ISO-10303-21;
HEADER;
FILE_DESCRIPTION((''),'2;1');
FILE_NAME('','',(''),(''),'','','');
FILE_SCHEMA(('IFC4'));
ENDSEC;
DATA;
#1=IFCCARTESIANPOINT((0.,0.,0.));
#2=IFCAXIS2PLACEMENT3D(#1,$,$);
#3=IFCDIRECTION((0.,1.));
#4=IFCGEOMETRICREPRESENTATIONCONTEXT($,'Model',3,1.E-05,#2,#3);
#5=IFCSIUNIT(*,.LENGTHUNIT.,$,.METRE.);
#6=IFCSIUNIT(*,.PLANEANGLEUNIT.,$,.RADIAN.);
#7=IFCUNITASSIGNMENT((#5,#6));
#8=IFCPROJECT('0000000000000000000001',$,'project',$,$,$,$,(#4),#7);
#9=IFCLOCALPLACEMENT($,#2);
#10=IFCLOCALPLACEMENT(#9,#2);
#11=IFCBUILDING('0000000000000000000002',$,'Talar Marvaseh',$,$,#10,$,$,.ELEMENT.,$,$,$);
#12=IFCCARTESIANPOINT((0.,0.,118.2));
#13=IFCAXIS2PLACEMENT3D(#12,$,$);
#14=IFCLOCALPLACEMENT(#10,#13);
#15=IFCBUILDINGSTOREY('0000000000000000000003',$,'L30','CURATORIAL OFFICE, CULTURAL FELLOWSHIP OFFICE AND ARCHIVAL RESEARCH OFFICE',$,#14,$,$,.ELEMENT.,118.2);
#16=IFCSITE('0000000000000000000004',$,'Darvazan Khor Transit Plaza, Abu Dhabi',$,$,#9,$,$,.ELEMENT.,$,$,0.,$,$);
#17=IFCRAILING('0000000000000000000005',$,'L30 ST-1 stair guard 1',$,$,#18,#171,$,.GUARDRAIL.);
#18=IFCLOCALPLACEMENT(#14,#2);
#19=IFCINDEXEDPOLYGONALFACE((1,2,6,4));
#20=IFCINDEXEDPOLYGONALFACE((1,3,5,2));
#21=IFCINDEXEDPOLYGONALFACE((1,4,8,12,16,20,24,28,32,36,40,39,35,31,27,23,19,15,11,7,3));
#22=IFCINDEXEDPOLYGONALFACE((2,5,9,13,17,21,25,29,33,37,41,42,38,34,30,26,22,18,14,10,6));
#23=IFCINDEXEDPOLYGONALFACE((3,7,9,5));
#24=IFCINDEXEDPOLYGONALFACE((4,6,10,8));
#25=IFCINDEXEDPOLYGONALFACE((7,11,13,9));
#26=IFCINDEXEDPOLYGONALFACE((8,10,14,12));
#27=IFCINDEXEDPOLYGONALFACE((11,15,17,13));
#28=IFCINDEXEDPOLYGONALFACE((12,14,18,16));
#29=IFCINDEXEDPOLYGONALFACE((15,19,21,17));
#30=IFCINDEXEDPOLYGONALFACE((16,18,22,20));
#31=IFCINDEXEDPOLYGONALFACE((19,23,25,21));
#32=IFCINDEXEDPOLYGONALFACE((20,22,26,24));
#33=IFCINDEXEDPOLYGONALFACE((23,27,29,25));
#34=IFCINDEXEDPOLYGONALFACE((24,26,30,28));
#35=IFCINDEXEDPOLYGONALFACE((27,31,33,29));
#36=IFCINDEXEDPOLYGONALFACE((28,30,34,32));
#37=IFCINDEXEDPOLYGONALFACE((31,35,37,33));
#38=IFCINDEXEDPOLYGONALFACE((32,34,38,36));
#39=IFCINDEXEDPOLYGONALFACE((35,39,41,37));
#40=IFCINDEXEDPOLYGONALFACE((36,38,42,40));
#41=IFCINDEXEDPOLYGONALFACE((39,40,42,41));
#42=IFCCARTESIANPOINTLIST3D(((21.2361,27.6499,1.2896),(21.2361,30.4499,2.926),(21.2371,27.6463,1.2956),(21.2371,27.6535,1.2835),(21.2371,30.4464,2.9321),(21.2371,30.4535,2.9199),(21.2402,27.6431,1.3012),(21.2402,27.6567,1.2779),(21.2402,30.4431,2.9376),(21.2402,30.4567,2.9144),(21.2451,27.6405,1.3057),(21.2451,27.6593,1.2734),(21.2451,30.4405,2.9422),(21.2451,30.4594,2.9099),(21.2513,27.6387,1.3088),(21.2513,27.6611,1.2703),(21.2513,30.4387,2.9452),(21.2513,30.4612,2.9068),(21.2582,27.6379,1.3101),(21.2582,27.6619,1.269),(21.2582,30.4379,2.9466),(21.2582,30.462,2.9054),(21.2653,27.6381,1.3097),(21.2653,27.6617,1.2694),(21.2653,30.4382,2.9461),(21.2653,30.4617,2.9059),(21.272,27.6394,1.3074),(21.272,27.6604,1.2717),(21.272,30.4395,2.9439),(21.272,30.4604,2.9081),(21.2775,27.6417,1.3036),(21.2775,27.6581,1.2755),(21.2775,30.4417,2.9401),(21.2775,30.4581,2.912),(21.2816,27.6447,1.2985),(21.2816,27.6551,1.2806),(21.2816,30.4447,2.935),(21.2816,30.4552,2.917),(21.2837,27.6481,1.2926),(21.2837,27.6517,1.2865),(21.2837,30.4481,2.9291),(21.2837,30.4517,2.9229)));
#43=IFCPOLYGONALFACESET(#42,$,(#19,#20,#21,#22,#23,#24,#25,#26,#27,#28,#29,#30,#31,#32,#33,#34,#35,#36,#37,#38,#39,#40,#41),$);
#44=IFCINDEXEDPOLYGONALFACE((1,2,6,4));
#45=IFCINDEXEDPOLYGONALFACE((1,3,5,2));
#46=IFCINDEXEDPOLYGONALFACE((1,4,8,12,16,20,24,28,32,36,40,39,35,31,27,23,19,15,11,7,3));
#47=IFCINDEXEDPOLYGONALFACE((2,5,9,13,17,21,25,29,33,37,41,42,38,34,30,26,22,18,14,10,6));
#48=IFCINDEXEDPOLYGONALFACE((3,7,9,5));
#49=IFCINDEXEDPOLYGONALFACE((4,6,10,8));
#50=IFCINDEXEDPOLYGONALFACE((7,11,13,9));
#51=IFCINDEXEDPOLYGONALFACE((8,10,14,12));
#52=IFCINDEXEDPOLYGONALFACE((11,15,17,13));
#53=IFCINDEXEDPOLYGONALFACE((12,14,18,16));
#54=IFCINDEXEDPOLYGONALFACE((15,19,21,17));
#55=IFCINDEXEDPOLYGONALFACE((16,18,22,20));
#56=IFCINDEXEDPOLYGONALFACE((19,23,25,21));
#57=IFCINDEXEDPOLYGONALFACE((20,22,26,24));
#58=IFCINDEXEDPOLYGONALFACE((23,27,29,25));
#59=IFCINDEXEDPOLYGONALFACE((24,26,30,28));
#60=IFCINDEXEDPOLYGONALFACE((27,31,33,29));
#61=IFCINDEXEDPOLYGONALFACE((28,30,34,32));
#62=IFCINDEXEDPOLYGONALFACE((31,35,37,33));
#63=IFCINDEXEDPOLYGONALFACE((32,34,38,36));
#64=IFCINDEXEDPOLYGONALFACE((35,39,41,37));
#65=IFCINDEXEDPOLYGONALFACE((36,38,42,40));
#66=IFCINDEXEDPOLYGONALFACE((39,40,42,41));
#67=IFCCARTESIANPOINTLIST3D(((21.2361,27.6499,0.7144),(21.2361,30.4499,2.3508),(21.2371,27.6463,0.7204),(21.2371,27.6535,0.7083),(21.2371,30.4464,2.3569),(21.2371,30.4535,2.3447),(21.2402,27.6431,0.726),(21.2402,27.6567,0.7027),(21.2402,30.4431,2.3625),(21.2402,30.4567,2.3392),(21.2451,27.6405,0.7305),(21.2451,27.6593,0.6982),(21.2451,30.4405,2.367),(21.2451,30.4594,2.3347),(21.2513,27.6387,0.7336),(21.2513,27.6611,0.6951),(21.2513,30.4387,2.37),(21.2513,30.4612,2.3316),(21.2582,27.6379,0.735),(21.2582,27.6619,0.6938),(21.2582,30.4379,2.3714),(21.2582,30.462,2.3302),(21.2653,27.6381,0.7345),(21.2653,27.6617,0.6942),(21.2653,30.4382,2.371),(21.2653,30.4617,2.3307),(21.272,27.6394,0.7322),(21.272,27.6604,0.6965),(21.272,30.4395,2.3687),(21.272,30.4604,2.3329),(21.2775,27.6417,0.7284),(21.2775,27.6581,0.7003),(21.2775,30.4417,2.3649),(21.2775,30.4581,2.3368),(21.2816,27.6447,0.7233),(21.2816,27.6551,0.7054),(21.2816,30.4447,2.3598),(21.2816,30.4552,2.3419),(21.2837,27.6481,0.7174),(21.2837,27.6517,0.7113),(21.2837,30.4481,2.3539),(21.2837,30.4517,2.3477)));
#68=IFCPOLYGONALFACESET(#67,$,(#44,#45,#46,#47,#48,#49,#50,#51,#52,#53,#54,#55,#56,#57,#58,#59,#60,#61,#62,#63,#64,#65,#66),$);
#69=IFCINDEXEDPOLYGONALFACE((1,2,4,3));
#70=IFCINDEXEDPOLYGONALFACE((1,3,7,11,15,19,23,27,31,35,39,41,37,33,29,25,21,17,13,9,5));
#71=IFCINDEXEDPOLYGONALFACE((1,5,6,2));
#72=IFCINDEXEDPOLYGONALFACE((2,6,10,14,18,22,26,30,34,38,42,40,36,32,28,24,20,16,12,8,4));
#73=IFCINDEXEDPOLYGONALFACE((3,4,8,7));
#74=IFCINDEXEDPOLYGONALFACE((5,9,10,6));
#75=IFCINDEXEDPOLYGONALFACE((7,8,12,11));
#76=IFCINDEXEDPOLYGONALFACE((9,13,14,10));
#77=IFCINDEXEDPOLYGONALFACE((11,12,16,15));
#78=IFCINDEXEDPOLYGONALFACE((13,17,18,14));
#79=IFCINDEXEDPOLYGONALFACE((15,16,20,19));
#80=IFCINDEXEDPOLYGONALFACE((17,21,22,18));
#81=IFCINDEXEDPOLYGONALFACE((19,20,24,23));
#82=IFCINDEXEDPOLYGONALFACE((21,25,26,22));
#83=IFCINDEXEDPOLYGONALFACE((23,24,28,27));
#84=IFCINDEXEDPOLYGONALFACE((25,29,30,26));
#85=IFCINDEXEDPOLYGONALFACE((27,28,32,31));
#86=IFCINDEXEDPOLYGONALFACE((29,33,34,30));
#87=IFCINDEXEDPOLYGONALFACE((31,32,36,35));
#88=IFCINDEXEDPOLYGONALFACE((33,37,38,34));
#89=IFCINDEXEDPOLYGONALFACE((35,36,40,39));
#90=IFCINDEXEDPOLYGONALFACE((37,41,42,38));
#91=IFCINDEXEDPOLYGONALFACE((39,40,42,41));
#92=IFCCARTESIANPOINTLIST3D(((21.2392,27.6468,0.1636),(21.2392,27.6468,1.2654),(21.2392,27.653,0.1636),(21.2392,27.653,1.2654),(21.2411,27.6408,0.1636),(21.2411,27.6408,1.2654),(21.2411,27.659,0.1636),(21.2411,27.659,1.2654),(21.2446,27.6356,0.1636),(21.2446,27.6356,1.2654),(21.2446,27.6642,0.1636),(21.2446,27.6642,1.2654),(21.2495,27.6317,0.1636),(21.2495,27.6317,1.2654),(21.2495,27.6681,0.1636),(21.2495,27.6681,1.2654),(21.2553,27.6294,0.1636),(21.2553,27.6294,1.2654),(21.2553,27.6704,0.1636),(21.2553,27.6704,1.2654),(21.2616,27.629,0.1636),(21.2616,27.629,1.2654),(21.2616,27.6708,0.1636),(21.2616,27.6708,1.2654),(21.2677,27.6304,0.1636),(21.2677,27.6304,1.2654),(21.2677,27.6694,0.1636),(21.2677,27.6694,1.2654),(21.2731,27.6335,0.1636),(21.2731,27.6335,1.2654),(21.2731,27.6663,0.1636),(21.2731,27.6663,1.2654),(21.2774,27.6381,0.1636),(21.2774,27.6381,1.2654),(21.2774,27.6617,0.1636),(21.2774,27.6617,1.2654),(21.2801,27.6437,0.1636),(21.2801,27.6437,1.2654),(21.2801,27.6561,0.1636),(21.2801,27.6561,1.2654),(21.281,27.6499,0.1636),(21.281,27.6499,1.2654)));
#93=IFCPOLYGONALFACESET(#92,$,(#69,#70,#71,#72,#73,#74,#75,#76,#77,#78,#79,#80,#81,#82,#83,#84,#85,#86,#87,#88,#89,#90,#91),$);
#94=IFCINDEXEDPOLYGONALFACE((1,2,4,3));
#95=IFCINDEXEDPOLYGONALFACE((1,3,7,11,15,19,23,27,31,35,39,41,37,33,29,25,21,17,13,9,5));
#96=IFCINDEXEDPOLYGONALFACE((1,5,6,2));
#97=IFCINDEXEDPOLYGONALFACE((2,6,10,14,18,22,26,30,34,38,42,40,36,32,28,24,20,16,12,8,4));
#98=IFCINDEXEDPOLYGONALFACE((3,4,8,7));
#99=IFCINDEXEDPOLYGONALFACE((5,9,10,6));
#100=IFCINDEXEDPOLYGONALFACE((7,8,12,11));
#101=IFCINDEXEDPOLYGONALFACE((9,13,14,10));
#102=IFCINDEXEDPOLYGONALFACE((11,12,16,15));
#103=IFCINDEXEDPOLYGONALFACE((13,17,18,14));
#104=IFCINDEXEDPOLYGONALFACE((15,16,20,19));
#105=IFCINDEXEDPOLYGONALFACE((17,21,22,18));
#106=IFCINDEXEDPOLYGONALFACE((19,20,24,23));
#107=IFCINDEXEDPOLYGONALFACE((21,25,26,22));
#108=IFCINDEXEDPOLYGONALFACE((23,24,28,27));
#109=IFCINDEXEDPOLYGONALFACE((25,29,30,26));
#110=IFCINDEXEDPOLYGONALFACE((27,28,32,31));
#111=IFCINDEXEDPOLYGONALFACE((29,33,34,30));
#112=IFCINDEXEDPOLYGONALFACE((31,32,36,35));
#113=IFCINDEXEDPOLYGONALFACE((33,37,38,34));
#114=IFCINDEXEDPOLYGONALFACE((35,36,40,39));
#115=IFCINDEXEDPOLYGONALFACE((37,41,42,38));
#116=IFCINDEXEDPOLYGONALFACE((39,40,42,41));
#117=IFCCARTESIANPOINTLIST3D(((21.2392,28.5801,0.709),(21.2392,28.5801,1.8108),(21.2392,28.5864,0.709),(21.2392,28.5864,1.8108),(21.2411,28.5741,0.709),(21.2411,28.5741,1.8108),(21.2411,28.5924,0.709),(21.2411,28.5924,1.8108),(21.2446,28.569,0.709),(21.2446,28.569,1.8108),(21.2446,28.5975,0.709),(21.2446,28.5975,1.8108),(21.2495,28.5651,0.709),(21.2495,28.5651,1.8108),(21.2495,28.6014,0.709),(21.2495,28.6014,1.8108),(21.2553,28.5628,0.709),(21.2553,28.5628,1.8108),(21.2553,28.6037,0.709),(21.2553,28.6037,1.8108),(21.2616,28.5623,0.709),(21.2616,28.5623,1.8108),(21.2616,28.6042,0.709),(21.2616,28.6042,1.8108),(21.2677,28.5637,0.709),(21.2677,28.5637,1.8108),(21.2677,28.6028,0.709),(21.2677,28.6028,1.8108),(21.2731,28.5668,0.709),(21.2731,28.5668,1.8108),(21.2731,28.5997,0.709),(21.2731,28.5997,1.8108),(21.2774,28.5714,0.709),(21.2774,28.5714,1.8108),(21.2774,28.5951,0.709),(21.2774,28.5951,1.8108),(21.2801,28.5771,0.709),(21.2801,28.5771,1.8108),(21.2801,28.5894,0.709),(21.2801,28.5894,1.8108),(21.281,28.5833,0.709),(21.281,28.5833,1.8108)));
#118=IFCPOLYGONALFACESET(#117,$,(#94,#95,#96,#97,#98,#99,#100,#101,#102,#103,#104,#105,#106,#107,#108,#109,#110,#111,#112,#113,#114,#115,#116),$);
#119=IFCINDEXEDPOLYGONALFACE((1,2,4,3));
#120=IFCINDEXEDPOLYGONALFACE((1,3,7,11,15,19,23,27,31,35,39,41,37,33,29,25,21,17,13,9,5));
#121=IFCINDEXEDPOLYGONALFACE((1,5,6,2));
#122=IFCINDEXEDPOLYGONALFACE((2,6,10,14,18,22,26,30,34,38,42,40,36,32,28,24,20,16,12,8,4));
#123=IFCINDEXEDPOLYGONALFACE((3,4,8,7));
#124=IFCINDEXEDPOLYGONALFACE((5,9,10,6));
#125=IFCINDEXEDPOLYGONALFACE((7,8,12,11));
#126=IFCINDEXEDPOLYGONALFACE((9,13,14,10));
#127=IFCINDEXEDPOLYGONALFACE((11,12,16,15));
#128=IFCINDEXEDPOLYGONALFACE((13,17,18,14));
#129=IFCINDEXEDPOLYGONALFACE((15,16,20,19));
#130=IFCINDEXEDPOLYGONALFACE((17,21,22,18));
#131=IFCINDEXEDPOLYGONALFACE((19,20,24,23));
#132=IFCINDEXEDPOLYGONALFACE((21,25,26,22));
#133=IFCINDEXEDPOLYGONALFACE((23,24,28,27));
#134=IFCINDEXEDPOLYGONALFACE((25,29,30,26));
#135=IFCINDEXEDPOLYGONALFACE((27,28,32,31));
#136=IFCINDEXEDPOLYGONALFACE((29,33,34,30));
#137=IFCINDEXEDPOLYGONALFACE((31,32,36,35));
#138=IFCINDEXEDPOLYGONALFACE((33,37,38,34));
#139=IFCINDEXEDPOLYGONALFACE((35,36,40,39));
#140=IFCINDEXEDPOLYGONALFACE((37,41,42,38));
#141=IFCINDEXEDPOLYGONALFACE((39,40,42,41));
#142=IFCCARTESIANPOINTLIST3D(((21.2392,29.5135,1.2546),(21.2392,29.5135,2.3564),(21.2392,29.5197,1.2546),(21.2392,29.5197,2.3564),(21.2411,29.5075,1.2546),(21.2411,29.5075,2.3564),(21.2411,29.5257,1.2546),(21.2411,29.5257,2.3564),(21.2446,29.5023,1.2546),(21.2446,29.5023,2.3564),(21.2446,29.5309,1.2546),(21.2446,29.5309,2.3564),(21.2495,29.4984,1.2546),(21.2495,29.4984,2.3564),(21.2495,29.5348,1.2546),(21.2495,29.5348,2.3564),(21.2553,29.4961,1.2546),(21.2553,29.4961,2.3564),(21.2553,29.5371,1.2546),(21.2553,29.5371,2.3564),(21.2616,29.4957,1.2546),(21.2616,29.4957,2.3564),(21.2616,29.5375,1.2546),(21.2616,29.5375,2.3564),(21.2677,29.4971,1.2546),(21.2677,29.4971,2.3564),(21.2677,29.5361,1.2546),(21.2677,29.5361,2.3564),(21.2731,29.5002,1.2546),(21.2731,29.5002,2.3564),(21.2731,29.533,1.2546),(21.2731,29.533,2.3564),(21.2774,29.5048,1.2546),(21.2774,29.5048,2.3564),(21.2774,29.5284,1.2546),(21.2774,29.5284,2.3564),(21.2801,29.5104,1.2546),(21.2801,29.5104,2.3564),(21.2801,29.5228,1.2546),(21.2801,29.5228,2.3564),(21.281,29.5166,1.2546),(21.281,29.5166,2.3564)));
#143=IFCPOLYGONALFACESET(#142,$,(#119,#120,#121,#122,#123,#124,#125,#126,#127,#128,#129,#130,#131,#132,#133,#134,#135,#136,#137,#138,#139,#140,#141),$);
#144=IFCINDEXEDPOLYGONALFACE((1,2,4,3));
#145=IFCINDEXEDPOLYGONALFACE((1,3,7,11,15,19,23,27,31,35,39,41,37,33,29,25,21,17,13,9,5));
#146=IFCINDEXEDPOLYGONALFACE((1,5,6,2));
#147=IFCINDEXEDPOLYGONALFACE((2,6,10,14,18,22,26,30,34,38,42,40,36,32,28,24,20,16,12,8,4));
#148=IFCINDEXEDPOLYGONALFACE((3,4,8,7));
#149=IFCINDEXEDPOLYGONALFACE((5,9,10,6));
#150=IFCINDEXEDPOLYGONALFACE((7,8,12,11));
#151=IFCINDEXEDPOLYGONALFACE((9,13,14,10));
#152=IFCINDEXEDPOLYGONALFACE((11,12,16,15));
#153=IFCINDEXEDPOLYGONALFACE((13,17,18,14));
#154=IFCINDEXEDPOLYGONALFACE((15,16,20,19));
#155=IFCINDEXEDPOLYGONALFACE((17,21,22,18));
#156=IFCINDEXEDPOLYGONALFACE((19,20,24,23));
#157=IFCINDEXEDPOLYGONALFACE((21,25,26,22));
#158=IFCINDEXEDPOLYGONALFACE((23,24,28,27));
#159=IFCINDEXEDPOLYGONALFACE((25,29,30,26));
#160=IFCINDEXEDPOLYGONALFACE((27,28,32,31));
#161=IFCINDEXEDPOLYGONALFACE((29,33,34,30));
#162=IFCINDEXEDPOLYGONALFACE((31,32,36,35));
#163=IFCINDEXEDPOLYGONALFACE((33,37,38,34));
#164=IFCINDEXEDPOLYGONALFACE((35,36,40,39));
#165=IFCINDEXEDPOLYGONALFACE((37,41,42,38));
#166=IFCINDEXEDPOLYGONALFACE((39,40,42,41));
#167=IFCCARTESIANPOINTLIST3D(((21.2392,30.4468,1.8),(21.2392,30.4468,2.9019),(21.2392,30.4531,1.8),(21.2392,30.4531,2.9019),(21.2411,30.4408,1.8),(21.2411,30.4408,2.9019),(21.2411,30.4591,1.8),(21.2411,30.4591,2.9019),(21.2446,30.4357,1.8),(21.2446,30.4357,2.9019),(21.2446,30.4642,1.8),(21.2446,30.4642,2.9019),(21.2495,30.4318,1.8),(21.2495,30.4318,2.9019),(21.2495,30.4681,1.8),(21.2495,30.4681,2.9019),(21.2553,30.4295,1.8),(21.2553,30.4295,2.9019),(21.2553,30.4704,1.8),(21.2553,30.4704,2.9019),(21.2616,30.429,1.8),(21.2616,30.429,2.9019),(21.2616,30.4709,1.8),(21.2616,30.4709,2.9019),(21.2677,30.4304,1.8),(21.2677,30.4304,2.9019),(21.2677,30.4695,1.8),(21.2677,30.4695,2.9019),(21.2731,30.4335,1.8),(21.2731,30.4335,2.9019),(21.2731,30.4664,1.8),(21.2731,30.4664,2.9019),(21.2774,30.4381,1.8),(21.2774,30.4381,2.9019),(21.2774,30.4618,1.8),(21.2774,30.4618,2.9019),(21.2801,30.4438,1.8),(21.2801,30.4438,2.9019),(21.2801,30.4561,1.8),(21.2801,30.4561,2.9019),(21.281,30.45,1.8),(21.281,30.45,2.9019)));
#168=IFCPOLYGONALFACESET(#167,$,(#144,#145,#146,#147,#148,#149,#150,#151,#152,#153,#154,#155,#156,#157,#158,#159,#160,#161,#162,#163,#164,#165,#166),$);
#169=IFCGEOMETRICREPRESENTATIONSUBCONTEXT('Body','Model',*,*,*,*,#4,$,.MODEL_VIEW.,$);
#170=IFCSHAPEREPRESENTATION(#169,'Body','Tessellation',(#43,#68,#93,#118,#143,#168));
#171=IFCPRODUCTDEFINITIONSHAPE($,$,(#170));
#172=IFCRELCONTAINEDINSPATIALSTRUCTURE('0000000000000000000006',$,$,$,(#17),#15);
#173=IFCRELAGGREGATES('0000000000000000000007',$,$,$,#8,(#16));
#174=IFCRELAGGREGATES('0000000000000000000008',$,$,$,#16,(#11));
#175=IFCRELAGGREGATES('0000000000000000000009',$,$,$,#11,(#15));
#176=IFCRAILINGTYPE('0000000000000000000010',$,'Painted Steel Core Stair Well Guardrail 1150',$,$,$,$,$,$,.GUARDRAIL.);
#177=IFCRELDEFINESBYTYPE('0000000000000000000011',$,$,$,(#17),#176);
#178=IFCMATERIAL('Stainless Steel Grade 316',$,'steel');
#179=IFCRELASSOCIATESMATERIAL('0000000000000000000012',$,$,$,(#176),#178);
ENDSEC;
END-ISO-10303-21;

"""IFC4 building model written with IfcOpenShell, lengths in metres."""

from ifc_helpers import new_model, si_unit, direction, frame, origin, origin_2d, place, context, subcontext, project, spatial, circle, extrude, material, type_object, element, save


model = new_model("IFC4")

# Units and contexts
model_context = context("Model", 3, precision=1e-05, world=origin(), true_north=direction((0.0, 1.0)))
body_context = subcontext(model_context, "Body", "Model", "MODEL_VIEW")
ifc_project = project(units=[si_unit("LENGTHUNIT", "METRE"), si_unit("PLANEANGLEUNIT", "RADIAN")], contexts=[model_context])

# Site, building, storey
site_placement = place(None, origin())
site = spatial("IfcSite", under=ifc_project, at=site_placement, Name="Darvazan Khor Transit Plaza, Abu Dhabi", CompositionType="ELEMENT", RefElevation=0.0)
building_placement = place(site_placement, origin())
building = spatial("IfcBuilding", under=site, at=building_placement, Name="Talar Marvaseh", CompositionType="ELEMENT")
storey_placement = place(building_placement, frame((0.0, 0.0, 118.2)))
storey = spatial("IfcBuildingStorey", under=building, at=storey_placement, Name="L30", Description="CURATORIAL OFFICE, CULTURAL FELLOWSHIP OFFICE AND ARCHIVAL RESEARCH OFFICE", CompositionType="ELEMENT", Elevation=118.2)

# Railing
ifc_material_1 = material(Name="Stainless Steel Grade 316", Category="steel")
railing_type_1 = type_object("IfcRailingType", Name="Painted Steel Core Stair Well Guardrail 1150", PredefinedType="GUARDRAIL", material=ifc_material_1)
railing_1_placement = place(storey_placement, frame((21.26, 27.6499, 0.1636)))
element("IfcRailing", 1, at=railing_1_placement, inside=storey, type_object=railing_type_1, Name="L30 ST-1 stair guard 1", PredefinedType="GUARDRAIL", context=body_context, shape_type="SweptSolid", body=[
    extrude(circle(Radius=0.0239, at=origin_2d()), frame((0.0, 0.0, 1.126), z_axis=(0.0, 0.863361, 0.504587), x_axis=(-1.0, 0.0, 0.0)), (0.0, 0.0, 1.0), 3.2432),
    extrude(circle(Radius=0.0239, at=origin_2d()), frame((0.0, 0.0, 0.5508), z_axis=(0.0, 0.863361, 0.504587), x_axis=(-1.0, 0.0, 0.0)), (0.0, 0.0, 1.0), 3.2432),
    extrude(circle(Radius=0.021, at=origin_2d()), origin(), (0.0, 0.0, 1.0), 1.1018),
    extrude(circle(Radius=0.021, at=origin_2d()), frame((0.0, 0.9333, 0.5454)), (0.0, 0.0, 1.0), 1.1018),
    extrude(circle(Radius=0.021, at=origin_2d()), frame((0.0, 1.8667, 1.0911)), (0.0, 0.0, 1.0), 1.1018),
    extrude(circle(Radius=0.021, at=origin_2d()), frame((0.0, 2.8, 1.6365)), (0.0, 0.0, 1.0), 1.1018),
])

save(model, "model.ifc")
